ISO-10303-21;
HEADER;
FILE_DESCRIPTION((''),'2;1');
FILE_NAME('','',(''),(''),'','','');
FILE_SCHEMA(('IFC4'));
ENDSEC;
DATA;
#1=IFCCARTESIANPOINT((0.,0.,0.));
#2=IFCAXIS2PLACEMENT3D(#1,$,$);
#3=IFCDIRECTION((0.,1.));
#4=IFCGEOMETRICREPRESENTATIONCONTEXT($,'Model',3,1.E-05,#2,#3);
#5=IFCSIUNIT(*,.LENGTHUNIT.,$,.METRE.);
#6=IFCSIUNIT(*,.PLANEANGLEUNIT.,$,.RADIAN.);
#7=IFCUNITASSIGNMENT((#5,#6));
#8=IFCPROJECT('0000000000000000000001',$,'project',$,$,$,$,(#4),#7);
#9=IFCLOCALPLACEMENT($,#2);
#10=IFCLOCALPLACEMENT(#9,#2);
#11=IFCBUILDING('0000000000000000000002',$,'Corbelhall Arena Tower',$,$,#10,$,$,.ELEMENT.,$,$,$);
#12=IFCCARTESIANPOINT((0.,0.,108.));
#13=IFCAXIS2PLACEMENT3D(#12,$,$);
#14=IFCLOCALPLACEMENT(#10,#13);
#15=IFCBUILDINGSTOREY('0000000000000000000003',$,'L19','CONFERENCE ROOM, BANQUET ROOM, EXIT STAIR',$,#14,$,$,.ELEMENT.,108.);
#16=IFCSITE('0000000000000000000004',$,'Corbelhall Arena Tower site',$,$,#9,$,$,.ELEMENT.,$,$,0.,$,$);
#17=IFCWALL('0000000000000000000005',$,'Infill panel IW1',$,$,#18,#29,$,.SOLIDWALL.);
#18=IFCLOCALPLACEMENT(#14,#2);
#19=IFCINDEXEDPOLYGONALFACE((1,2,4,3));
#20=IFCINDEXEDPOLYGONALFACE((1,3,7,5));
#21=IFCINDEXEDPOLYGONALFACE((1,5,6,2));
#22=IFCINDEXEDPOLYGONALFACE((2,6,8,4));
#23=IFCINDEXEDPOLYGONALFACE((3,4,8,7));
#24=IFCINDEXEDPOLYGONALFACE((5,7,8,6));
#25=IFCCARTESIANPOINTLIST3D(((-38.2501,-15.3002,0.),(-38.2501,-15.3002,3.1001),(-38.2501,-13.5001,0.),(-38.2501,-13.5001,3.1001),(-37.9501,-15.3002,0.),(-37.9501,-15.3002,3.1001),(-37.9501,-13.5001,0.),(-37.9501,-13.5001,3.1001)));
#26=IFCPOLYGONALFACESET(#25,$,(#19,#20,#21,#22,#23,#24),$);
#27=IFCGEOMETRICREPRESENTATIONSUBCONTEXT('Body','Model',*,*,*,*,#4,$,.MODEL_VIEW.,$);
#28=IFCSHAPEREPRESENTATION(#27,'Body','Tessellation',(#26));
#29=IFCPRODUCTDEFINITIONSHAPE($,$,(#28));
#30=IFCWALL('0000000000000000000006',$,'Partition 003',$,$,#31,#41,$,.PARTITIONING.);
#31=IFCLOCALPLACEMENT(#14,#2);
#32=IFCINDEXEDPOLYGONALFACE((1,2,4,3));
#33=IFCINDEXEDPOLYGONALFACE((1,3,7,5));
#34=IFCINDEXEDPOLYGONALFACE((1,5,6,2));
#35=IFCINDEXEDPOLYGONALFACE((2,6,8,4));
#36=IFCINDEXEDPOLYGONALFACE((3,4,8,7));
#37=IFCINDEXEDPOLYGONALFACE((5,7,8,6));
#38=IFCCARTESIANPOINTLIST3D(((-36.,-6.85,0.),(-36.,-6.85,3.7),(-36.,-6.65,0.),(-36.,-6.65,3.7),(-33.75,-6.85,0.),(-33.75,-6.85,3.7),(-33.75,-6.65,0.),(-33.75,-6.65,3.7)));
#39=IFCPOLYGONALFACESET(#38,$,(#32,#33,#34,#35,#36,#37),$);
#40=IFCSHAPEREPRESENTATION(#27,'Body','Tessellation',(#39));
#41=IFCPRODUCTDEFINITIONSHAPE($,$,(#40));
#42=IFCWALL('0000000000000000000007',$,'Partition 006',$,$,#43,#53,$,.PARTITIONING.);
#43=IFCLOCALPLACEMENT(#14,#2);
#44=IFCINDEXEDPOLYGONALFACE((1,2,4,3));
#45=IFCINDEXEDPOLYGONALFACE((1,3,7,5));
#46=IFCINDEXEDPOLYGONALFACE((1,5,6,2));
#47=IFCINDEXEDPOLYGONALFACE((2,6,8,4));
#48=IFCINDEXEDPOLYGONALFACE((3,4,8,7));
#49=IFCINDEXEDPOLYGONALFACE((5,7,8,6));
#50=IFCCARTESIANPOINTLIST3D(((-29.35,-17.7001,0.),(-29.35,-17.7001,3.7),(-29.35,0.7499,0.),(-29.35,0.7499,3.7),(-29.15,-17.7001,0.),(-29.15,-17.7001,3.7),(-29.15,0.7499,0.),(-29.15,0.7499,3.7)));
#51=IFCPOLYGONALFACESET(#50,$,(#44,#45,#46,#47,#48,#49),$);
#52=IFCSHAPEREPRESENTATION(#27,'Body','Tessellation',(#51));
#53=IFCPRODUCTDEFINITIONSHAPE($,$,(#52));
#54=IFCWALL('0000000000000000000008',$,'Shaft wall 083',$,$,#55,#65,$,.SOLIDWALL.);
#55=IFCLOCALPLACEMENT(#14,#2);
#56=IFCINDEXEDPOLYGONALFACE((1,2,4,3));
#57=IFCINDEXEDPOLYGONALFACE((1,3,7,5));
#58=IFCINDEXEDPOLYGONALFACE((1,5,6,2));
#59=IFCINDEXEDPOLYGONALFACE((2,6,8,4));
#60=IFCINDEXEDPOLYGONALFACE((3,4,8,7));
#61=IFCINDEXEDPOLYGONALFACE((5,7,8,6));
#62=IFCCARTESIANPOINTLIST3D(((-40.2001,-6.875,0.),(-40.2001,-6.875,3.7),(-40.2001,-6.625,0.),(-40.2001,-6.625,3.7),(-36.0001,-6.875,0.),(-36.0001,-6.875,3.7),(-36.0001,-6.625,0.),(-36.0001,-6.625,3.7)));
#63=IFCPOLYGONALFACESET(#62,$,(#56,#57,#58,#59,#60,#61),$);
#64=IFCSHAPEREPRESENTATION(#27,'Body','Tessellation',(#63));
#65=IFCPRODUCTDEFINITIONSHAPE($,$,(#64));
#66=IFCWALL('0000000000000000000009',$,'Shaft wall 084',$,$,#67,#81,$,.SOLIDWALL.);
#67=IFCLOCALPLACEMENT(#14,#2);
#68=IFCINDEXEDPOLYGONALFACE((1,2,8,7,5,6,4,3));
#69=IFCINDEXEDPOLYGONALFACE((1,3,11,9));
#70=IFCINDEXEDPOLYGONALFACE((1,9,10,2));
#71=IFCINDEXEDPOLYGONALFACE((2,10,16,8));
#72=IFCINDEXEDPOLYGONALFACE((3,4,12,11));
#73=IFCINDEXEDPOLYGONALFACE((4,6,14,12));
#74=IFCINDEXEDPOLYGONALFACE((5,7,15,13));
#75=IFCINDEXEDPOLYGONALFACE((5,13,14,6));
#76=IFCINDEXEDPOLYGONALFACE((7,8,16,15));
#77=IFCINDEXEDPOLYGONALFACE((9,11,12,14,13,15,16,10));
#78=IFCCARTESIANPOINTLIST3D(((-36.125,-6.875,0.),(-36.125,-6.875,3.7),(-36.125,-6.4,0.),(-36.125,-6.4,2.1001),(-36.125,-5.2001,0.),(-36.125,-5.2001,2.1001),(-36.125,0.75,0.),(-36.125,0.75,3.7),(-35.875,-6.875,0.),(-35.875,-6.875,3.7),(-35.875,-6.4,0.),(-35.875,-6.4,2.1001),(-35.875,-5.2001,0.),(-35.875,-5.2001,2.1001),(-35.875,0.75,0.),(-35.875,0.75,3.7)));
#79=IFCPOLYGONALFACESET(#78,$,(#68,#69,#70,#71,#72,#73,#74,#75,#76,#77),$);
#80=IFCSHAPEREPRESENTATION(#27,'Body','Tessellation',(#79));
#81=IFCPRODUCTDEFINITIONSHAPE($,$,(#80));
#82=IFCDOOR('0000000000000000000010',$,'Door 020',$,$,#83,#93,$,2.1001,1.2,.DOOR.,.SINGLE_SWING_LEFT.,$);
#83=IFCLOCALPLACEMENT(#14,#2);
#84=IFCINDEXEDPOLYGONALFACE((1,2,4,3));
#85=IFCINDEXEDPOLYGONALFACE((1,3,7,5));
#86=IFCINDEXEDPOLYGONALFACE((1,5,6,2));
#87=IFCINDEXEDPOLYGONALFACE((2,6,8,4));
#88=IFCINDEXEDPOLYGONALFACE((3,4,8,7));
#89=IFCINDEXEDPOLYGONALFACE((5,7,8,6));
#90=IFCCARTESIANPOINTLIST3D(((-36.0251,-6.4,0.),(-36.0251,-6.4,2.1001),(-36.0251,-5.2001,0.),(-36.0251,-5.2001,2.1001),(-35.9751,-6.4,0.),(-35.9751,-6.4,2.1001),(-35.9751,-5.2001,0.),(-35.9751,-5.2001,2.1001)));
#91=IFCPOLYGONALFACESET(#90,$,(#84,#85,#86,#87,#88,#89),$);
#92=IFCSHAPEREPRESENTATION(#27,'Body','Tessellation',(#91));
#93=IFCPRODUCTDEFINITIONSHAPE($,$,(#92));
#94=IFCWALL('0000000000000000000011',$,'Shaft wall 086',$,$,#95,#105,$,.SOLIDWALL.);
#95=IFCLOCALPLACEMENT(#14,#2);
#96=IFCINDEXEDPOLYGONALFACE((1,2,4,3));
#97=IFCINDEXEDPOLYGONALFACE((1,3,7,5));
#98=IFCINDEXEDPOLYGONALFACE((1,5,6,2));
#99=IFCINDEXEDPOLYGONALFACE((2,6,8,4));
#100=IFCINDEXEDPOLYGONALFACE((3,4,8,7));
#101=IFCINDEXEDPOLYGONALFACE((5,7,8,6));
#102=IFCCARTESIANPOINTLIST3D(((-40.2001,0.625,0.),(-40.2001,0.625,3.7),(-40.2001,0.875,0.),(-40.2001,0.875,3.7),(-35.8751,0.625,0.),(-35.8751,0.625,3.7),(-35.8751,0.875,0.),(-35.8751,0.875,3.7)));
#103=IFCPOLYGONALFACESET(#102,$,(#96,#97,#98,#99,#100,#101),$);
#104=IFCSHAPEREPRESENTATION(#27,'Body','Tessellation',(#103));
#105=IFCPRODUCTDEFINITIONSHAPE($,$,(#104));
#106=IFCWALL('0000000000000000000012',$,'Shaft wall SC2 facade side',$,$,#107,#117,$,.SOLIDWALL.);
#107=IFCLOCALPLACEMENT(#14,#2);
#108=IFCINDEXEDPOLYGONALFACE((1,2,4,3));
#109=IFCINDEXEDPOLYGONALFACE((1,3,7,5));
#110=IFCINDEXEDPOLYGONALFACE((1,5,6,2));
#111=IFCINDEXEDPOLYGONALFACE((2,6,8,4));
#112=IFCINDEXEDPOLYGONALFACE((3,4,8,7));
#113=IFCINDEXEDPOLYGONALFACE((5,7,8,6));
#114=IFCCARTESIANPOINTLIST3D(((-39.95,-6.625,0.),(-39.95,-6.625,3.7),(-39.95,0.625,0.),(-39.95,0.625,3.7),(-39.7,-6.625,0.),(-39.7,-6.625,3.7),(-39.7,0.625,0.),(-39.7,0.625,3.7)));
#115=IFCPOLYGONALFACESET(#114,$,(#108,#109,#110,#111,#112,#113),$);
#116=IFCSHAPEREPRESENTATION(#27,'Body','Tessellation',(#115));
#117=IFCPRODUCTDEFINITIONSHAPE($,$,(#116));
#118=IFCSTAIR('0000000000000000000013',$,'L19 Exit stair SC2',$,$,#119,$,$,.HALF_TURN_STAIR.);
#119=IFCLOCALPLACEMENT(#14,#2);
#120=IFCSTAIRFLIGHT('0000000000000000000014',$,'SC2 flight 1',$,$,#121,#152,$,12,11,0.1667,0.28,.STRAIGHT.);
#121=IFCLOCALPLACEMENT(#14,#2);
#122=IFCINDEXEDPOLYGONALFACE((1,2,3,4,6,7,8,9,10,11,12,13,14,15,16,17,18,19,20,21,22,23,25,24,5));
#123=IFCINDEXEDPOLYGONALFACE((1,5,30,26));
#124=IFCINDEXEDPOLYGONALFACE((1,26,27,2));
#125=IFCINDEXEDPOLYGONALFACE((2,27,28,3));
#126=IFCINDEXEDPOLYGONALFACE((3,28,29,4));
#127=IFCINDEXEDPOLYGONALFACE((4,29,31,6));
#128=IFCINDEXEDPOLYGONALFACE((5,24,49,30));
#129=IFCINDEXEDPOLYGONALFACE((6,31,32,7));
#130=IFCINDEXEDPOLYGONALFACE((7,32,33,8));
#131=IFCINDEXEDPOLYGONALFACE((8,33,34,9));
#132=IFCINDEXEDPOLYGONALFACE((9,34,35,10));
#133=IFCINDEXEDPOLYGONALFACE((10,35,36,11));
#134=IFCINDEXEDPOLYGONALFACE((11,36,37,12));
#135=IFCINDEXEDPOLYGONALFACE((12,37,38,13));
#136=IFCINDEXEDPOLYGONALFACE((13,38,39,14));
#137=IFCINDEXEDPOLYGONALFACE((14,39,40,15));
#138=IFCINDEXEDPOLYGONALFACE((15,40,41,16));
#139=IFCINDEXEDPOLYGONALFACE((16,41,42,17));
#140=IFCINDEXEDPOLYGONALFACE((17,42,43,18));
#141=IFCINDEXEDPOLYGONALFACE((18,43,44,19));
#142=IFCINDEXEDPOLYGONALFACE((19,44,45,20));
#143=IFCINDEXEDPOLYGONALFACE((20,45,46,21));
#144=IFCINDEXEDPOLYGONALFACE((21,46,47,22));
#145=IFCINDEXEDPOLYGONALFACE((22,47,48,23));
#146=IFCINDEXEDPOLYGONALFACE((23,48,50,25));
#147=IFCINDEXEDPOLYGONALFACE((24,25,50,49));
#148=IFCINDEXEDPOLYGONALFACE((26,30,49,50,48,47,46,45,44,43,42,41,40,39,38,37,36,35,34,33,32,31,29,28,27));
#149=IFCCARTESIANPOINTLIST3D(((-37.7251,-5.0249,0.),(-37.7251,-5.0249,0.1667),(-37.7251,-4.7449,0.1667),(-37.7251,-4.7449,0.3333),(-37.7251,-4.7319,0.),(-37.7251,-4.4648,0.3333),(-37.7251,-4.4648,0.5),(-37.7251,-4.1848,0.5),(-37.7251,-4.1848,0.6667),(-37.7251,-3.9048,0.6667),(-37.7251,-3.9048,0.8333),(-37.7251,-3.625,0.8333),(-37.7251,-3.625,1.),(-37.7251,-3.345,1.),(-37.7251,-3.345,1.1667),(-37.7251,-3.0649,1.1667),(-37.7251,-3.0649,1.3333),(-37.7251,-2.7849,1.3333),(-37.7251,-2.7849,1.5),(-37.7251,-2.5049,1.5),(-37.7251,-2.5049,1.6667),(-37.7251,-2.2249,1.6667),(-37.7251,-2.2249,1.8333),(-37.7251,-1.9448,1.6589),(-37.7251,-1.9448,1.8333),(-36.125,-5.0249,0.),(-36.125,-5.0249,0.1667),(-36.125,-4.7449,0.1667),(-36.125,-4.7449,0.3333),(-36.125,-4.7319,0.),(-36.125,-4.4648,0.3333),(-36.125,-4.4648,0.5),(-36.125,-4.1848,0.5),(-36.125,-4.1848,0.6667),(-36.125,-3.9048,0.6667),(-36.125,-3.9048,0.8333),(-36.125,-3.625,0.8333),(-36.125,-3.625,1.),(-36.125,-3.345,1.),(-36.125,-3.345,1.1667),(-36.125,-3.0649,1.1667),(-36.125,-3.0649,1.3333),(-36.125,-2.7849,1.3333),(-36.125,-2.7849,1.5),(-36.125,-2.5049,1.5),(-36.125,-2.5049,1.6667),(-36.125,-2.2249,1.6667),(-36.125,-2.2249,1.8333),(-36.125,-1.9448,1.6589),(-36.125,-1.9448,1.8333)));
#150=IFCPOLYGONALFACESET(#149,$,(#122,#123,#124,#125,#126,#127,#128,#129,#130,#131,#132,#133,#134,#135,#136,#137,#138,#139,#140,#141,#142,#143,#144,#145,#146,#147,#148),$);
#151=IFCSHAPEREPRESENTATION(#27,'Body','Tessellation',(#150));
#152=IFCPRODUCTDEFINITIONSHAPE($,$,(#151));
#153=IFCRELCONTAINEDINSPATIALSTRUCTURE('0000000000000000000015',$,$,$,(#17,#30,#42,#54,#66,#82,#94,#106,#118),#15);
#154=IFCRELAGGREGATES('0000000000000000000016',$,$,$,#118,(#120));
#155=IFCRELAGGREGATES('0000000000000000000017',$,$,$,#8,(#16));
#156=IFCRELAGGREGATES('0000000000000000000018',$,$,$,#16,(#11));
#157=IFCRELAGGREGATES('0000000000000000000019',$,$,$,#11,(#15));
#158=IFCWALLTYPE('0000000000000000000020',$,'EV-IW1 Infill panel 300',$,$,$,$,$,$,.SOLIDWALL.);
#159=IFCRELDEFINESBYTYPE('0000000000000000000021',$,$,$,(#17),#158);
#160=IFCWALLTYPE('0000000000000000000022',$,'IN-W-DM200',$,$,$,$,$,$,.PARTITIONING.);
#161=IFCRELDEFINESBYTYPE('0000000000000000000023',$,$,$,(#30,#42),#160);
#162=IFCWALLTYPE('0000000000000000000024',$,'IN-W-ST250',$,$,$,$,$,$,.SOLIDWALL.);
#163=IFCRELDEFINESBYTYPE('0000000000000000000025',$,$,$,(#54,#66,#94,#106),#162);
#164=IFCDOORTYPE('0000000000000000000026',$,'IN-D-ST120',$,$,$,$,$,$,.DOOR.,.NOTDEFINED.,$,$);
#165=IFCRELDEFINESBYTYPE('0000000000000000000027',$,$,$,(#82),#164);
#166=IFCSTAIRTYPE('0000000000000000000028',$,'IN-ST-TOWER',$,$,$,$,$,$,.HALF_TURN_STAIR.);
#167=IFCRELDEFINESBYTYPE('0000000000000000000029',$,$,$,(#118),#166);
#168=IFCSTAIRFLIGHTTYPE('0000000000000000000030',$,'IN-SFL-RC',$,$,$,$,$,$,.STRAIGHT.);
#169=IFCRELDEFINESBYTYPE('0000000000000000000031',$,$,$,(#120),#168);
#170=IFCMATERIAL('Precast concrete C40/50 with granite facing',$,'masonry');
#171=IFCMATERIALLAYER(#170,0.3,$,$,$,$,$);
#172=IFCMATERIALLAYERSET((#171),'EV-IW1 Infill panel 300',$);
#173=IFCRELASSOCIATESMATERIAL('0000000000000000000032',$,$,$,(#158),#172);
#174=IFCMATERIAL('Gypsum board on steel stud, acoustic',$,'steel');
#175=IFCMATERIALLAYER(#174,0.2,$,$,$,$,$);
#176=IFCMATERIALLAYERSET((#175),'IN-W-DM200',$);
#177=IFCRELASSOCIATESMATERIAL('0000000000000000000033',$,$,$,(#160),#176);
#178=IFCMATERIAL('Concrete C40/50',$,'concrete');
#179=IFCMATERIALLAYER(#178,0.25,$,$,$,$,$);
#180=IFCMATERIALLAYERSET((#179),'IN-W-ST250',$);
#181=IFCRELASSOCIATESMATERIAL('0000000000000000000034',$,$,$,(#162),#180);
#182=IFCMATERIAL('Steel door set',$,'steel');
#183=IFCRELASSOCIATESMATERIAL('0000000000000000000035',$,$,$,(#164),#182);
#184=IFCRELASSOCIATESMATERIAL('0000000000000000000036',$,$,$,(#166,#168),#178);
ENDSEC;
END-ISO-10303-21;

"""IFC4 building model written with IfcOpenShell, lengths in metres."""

from ifc_helpers import new_model, si_unit, direction, frame, frame_2d, origin, place, context, subcontext, project, spatial, polyline, rectangle, outline, extrude, material, layer, layer_set, type_object, element, fill, aggregate, save


model = new_model("IFC4")

# Units and contexts
model_context = context("Model", 3, precision=1e-05, world=origin(), true_north=direction((0.0, 1.0)))
body_context = subcontext(model_context, "Body", "Model", "MODEL_VIEW")
ifc_project = project(units=[si_unit("LENGTHUNIT", "METRE"), si_unit("PLANEANGLEUNIT", "RADIAN")], contexts=[model_context])

# Site, building, storey
site_placement = place(None, origin())
site = spatial("IfcSite", under=ifc_project, at=site_placement, Name="Corbelhall Arena Tower site", CompositionType="ELEMENT", RefElevation=0.0)
building_placement = place(site_placement, origin())
building = spatial("IfcBuilding", under=site, at=building_placement, Name="Corbelhall Arena Tower", CompositionType="ELEMENT")
storey_placement = place(building_placement, frame((0.0, 0.0, 108.0)))
storey = spatial("IfcBuildingStorey", under=building, at=storey_placement, Name="L19", Description="CONFERENCE ROOM, BANQUET ROOM, EXIT STAIR", CompositionType="ELEMENT", Elevation=108.0)

# Wall
ifc_material_1 = material(Name="Precast concrete C40/50 with granite facing", Category="masonry")
ifc_layer_1 = layer(ifc_material_1, 0.3)
ifc_layer_set_1 = layer_set([ifc_layer_1], Name="EV-IW1 Infill panel 300")
wall_type_1 = type_object("IfcWallType", Name="EV-IW1 Infill panel 300", PredefinedType="SOLIDWALL", material=ifc_layer_set_1)
wall_1_placement = place(storey_placement, frame((-38.1001, -15.3, 0.0), z_axis=(0.0, 0.0, 1.0), x_axis=(0.0, 1.0, 0.0)))
element("IfcWall", 1, at=wall_1_placement, inside=storey, type_object=wall_type_1, Name="Infill panel IW1", PredefinedType="SOLIDWALL", context=body_context, shape_type="SweptSolid", body=[
    extrude(rectangle(XDim=1.8, YDim=0.3, at=frame_2d((0.8999, 0.0))), origin(), (0.0, 0.0, 1.0), 3.1001),
])

# Wall
ifc_material_2 = material(Name="Gypsum board on steel stud, acoustic", Category="steel")
ifc_layer_2 = layer(ifc_material_2, 0.2)
ifc_layer_set_2 = layer_set([ifc_layer_2], Name="IN-W-DM200")
wall_type_2 = type_object("IfcWallType", Name="IN-W-DM200", PredefinedType="PARTITIONING", material=ifc_layer_set_2)
wall_2_placement = place(storey_placement, frame((-33.75, -6.75, 0.0), z_axis=(0.0, 0.0, 1.0), x_axis=(-1.0, 0.0, 0.0)))
element("IfcWall", 2, at=wall_2_placement, inside=storey, type_object=wall_type_2, Name="Partition 003", PredefinedType="PARTITIONING", context=body_context, shape_type="SweptSolid", body=[
    extrude(rectangle(XDim=2.25, YDim=0.2, at=frame_2d((1.125, 0.0))), origin(), (0.0, 0.0, 1.0), 3.7),
])

# Shared definitions
ifc_material_3 = material(Name="Steel door set", Category="steel")

# Walls
wall_3_placement = place(storey_placement, frame((-29.25, 0.75, 0.0), z_axis=(0.0, 0.0, 1.0), x_axis=(0.0, -1.0, 0.0)))
element("IfcWall", 3, at=wall_3_placement, inside=storey, type_object=wall_type_2, Name="Partition 006", PredefinedType="PARTITIONING", context=body_context, shape_type="SweptSolid", body=[
    extrude(rectangle(XDim=18.45, YDim=0.2, at=frame_2d((9.2251, 0.0))), origin(), (0.0, 0.0, 1.0), 3.7),
])
ifc_material_4 = material(Name="Concrete C40/50", Category="concrete")
ifc_layer_3 = layer(ifc_material_4, 0.25)
ifc_layer_set_3 = layer_set([ifc_layer_3], Name="IN-W-ST250")
wall_type_3 = type_object("IfcWallType", Name="IN-W-ST250", PredefinedType="SOLIDWALL", material=ifc_layer_set_3)
wall_4_placement = place(storey_placement, frame((-36.0, -6.75, 0.0), z_axis=(0.0, 0.0, 1.0), x_axis=(-1.0, 0.0, 0.0)))
element("IfcWall", 4, at=wall_4_placement, inside=storey, type_object=wall_type_3, Name="Shaft wall 083", PredefinedType="SOLIDWALL", context=body_context, shape_type="SweptSolid", body=[
    extrude(rectangle(XDim=4.2, YDim=0.25, at=frame_2d((2.1001, 0.0))), origin(), (0.0, 0.0, 1.0), 3.7),
])

# Wall, opening, door
wall_5_placement = place(storey_placement, frame((-36.0, 0.75, 0.0), z_axis=(0.0, 0.0, 1.0), x_axis=(0.0, -1.0, 0.0)))
wall_5 = element("IfcWall", 5, at=wall_5_placement, inside=storey, type_object=wall_type_3, Name="Shaft wall 084", PredefinedType="SOLIDWALL", context=body_context, shape_type="SweptSolid", body=[
    extrude(rectangle(XDim=7.625, YDim=0.25, at=frame_2d((3.8125, 0.0))), origin(), (0.0, 0.0, 1.0), 3.7),
])
opening_1_placement = place(wall_5_placement, frame((5.95, 0.0, 0.0)))
opening_1 = element("IfcOpeningElement", 6, at=opening_1_placement, cuts=wall_5, PredefinedType="OPENING", context=body_context, shape_type="SweptSolid", body=[
    extrude(rectangle(XDim=1.2, YDim=2.1001, at=frame_2d((0.6001, 1.05))), frame((0.0, 0.125, 0.0), z_axis=(0.0, -1.0, 0.0), x_axis=(1.0, 0.0, 0.0)), (0.0, 0.0, 1.0), 0.25),
])
door_type_1 = type_object("IfcDoorType", Name="IN-D-ST120", OperationType="NOTDEFINED", PredefinedType="DOOR", material=ifc_material_3)
door_1_placement = place(opening_1_placement, origin())
door_1 = element("IfcDoor", 7, at=door_1_placement, inside=storey, type_object=door_type_1, Name="Door 020", OperationType="SINGLE_SWING_LEFT", OverallHeight=2.1001, OverallWidth=1.2, PredefinedType="DOOR", context=body_context, shape_type="SweptSolid", body=[
    extrude(rectangle(XDim=1.2, YDim=2.1001, at=frame_2d((0.6001, 1.05))), frame((0.0, 0.0249, 0.0), z_axis=(0.0, -1.0, 0.0), x_axis=(1.0, 0.0, 0.0)), (0.0, 0.0, 1.0), 0.05),
])
fill(opening_1, door_1)

# Walls
wall_6_placement = place(storey_placement, frame((-35.875, 0.75, 0.0), z_axis=(0.0, 0.0, 1.0), x_axis=(-1.0, 0.0, 0.0)))
element("IfcWall", 8, at=wall_6_placement, inside=storey, type_object=wall_type_3, Name="Shaft wall 086", PredefinedType="SOLIDWALL", context=body_context, shape_type="SweptSolid", body=[
    extrude(rectangle(XDim=4.325, YDim=0.25, at=frame_2d((2.1626, 0.0))), origin(), (0.0, 0.0, 1.0), 3.7),
])
wall_7_placement = place(storey_placement, frame((-39.825, -6.625, 0.0), z_axis=(0.0, 0.0, 1.0), x_axis=(0.0, 1.0, 0.0)))
element("IfcWall", 9, at=wall_7_placement, inside=storey, type_object=wall_type_3, Name="Shaft wall SC2 facade side", PredefinedType="SOLIDWALL", context=body_context, shape_type="SweptSolid", body=[
    extrude(rectangle(XDim=7.25, YDim=0.25, at=frame_2d((3.625, 0.0))), origin(), (0.0, 0.0, 1.0), 3.7),
])

# Stair, stair flight
stair_type = type_object("IfcStairType", Name="IN-ST-TOWER", PredefinedType="HALF_TURN_STAIR", material=ifc_material_4)
stair_placement = place(storey_placement, origin())
stair = element("IfcStair", 10, at=stair_placement, inside=storey, type_object=stair_type, Name="L19 Exit stair SC2", PredefinedType="HALF_TURN_STAIR")
stair_flight_type = type_object("IfcStairFlightType", Name="IN-SFL-RC", PredefinedType="STRAIGHT", material=ifc_material_4)
stair_flight_1_placement = place(storey_placement, frame((-36.925, -5.0249, 0.0), z_axis=(0.0, 0.0, 1.0), x_axis=(0.0, 1.0, 0.0)))
stair_flight_1 = element("IfcStairFlight", 11, at=stair_flight_1_placement, type_object=stair_flight_type, Name="SC2 flight 1", NumberOfRisers=12, NumberOfTreads=11, PredefinedType="STRAIGHT", RiserHeight=0.1667, TreadLength=0.28, context=body_context, shape_type="SweptSolid", body=[
    extrude(outline(polyline([(0.0, 0.0), (0.0, 0.1667), (0.28, 0.1667), (0.28, 0.3333), (0.5601, 0.3333), (0.5601, 0.5), (0.8401, 0.5), (0.8401, 0.6667), (1.1201, 0.6667), (1.1201, 0.8333), (1.3999, 0.8333), (1.3999, 1.0), (1.6799, 1.0), (1.6799, 1.1667), (1.96, 1.1667), (1.96, 1.3333), (2.24, 1.3333), (2.24, 1.5), (2.52, 1.5), (2.52, 1.6667), (2.8, 1.6667), (2.8, 1.8333), (3.0801, 1.8333), (3.0801, 2.0), (3.0801, 1.6589), (0.293, 0.0), (0.0, 0.0)])), frame((0.0, 0.8, 0.0), z_axis=(0.0, -1.0, 0.0), x_axis=(1.0, 0.0, 0.0)), (0.0, 0.0, 1.0), 1.6001),
])
aggregate(stair, [stair_flight_1])

save(model, "model.ifc")
